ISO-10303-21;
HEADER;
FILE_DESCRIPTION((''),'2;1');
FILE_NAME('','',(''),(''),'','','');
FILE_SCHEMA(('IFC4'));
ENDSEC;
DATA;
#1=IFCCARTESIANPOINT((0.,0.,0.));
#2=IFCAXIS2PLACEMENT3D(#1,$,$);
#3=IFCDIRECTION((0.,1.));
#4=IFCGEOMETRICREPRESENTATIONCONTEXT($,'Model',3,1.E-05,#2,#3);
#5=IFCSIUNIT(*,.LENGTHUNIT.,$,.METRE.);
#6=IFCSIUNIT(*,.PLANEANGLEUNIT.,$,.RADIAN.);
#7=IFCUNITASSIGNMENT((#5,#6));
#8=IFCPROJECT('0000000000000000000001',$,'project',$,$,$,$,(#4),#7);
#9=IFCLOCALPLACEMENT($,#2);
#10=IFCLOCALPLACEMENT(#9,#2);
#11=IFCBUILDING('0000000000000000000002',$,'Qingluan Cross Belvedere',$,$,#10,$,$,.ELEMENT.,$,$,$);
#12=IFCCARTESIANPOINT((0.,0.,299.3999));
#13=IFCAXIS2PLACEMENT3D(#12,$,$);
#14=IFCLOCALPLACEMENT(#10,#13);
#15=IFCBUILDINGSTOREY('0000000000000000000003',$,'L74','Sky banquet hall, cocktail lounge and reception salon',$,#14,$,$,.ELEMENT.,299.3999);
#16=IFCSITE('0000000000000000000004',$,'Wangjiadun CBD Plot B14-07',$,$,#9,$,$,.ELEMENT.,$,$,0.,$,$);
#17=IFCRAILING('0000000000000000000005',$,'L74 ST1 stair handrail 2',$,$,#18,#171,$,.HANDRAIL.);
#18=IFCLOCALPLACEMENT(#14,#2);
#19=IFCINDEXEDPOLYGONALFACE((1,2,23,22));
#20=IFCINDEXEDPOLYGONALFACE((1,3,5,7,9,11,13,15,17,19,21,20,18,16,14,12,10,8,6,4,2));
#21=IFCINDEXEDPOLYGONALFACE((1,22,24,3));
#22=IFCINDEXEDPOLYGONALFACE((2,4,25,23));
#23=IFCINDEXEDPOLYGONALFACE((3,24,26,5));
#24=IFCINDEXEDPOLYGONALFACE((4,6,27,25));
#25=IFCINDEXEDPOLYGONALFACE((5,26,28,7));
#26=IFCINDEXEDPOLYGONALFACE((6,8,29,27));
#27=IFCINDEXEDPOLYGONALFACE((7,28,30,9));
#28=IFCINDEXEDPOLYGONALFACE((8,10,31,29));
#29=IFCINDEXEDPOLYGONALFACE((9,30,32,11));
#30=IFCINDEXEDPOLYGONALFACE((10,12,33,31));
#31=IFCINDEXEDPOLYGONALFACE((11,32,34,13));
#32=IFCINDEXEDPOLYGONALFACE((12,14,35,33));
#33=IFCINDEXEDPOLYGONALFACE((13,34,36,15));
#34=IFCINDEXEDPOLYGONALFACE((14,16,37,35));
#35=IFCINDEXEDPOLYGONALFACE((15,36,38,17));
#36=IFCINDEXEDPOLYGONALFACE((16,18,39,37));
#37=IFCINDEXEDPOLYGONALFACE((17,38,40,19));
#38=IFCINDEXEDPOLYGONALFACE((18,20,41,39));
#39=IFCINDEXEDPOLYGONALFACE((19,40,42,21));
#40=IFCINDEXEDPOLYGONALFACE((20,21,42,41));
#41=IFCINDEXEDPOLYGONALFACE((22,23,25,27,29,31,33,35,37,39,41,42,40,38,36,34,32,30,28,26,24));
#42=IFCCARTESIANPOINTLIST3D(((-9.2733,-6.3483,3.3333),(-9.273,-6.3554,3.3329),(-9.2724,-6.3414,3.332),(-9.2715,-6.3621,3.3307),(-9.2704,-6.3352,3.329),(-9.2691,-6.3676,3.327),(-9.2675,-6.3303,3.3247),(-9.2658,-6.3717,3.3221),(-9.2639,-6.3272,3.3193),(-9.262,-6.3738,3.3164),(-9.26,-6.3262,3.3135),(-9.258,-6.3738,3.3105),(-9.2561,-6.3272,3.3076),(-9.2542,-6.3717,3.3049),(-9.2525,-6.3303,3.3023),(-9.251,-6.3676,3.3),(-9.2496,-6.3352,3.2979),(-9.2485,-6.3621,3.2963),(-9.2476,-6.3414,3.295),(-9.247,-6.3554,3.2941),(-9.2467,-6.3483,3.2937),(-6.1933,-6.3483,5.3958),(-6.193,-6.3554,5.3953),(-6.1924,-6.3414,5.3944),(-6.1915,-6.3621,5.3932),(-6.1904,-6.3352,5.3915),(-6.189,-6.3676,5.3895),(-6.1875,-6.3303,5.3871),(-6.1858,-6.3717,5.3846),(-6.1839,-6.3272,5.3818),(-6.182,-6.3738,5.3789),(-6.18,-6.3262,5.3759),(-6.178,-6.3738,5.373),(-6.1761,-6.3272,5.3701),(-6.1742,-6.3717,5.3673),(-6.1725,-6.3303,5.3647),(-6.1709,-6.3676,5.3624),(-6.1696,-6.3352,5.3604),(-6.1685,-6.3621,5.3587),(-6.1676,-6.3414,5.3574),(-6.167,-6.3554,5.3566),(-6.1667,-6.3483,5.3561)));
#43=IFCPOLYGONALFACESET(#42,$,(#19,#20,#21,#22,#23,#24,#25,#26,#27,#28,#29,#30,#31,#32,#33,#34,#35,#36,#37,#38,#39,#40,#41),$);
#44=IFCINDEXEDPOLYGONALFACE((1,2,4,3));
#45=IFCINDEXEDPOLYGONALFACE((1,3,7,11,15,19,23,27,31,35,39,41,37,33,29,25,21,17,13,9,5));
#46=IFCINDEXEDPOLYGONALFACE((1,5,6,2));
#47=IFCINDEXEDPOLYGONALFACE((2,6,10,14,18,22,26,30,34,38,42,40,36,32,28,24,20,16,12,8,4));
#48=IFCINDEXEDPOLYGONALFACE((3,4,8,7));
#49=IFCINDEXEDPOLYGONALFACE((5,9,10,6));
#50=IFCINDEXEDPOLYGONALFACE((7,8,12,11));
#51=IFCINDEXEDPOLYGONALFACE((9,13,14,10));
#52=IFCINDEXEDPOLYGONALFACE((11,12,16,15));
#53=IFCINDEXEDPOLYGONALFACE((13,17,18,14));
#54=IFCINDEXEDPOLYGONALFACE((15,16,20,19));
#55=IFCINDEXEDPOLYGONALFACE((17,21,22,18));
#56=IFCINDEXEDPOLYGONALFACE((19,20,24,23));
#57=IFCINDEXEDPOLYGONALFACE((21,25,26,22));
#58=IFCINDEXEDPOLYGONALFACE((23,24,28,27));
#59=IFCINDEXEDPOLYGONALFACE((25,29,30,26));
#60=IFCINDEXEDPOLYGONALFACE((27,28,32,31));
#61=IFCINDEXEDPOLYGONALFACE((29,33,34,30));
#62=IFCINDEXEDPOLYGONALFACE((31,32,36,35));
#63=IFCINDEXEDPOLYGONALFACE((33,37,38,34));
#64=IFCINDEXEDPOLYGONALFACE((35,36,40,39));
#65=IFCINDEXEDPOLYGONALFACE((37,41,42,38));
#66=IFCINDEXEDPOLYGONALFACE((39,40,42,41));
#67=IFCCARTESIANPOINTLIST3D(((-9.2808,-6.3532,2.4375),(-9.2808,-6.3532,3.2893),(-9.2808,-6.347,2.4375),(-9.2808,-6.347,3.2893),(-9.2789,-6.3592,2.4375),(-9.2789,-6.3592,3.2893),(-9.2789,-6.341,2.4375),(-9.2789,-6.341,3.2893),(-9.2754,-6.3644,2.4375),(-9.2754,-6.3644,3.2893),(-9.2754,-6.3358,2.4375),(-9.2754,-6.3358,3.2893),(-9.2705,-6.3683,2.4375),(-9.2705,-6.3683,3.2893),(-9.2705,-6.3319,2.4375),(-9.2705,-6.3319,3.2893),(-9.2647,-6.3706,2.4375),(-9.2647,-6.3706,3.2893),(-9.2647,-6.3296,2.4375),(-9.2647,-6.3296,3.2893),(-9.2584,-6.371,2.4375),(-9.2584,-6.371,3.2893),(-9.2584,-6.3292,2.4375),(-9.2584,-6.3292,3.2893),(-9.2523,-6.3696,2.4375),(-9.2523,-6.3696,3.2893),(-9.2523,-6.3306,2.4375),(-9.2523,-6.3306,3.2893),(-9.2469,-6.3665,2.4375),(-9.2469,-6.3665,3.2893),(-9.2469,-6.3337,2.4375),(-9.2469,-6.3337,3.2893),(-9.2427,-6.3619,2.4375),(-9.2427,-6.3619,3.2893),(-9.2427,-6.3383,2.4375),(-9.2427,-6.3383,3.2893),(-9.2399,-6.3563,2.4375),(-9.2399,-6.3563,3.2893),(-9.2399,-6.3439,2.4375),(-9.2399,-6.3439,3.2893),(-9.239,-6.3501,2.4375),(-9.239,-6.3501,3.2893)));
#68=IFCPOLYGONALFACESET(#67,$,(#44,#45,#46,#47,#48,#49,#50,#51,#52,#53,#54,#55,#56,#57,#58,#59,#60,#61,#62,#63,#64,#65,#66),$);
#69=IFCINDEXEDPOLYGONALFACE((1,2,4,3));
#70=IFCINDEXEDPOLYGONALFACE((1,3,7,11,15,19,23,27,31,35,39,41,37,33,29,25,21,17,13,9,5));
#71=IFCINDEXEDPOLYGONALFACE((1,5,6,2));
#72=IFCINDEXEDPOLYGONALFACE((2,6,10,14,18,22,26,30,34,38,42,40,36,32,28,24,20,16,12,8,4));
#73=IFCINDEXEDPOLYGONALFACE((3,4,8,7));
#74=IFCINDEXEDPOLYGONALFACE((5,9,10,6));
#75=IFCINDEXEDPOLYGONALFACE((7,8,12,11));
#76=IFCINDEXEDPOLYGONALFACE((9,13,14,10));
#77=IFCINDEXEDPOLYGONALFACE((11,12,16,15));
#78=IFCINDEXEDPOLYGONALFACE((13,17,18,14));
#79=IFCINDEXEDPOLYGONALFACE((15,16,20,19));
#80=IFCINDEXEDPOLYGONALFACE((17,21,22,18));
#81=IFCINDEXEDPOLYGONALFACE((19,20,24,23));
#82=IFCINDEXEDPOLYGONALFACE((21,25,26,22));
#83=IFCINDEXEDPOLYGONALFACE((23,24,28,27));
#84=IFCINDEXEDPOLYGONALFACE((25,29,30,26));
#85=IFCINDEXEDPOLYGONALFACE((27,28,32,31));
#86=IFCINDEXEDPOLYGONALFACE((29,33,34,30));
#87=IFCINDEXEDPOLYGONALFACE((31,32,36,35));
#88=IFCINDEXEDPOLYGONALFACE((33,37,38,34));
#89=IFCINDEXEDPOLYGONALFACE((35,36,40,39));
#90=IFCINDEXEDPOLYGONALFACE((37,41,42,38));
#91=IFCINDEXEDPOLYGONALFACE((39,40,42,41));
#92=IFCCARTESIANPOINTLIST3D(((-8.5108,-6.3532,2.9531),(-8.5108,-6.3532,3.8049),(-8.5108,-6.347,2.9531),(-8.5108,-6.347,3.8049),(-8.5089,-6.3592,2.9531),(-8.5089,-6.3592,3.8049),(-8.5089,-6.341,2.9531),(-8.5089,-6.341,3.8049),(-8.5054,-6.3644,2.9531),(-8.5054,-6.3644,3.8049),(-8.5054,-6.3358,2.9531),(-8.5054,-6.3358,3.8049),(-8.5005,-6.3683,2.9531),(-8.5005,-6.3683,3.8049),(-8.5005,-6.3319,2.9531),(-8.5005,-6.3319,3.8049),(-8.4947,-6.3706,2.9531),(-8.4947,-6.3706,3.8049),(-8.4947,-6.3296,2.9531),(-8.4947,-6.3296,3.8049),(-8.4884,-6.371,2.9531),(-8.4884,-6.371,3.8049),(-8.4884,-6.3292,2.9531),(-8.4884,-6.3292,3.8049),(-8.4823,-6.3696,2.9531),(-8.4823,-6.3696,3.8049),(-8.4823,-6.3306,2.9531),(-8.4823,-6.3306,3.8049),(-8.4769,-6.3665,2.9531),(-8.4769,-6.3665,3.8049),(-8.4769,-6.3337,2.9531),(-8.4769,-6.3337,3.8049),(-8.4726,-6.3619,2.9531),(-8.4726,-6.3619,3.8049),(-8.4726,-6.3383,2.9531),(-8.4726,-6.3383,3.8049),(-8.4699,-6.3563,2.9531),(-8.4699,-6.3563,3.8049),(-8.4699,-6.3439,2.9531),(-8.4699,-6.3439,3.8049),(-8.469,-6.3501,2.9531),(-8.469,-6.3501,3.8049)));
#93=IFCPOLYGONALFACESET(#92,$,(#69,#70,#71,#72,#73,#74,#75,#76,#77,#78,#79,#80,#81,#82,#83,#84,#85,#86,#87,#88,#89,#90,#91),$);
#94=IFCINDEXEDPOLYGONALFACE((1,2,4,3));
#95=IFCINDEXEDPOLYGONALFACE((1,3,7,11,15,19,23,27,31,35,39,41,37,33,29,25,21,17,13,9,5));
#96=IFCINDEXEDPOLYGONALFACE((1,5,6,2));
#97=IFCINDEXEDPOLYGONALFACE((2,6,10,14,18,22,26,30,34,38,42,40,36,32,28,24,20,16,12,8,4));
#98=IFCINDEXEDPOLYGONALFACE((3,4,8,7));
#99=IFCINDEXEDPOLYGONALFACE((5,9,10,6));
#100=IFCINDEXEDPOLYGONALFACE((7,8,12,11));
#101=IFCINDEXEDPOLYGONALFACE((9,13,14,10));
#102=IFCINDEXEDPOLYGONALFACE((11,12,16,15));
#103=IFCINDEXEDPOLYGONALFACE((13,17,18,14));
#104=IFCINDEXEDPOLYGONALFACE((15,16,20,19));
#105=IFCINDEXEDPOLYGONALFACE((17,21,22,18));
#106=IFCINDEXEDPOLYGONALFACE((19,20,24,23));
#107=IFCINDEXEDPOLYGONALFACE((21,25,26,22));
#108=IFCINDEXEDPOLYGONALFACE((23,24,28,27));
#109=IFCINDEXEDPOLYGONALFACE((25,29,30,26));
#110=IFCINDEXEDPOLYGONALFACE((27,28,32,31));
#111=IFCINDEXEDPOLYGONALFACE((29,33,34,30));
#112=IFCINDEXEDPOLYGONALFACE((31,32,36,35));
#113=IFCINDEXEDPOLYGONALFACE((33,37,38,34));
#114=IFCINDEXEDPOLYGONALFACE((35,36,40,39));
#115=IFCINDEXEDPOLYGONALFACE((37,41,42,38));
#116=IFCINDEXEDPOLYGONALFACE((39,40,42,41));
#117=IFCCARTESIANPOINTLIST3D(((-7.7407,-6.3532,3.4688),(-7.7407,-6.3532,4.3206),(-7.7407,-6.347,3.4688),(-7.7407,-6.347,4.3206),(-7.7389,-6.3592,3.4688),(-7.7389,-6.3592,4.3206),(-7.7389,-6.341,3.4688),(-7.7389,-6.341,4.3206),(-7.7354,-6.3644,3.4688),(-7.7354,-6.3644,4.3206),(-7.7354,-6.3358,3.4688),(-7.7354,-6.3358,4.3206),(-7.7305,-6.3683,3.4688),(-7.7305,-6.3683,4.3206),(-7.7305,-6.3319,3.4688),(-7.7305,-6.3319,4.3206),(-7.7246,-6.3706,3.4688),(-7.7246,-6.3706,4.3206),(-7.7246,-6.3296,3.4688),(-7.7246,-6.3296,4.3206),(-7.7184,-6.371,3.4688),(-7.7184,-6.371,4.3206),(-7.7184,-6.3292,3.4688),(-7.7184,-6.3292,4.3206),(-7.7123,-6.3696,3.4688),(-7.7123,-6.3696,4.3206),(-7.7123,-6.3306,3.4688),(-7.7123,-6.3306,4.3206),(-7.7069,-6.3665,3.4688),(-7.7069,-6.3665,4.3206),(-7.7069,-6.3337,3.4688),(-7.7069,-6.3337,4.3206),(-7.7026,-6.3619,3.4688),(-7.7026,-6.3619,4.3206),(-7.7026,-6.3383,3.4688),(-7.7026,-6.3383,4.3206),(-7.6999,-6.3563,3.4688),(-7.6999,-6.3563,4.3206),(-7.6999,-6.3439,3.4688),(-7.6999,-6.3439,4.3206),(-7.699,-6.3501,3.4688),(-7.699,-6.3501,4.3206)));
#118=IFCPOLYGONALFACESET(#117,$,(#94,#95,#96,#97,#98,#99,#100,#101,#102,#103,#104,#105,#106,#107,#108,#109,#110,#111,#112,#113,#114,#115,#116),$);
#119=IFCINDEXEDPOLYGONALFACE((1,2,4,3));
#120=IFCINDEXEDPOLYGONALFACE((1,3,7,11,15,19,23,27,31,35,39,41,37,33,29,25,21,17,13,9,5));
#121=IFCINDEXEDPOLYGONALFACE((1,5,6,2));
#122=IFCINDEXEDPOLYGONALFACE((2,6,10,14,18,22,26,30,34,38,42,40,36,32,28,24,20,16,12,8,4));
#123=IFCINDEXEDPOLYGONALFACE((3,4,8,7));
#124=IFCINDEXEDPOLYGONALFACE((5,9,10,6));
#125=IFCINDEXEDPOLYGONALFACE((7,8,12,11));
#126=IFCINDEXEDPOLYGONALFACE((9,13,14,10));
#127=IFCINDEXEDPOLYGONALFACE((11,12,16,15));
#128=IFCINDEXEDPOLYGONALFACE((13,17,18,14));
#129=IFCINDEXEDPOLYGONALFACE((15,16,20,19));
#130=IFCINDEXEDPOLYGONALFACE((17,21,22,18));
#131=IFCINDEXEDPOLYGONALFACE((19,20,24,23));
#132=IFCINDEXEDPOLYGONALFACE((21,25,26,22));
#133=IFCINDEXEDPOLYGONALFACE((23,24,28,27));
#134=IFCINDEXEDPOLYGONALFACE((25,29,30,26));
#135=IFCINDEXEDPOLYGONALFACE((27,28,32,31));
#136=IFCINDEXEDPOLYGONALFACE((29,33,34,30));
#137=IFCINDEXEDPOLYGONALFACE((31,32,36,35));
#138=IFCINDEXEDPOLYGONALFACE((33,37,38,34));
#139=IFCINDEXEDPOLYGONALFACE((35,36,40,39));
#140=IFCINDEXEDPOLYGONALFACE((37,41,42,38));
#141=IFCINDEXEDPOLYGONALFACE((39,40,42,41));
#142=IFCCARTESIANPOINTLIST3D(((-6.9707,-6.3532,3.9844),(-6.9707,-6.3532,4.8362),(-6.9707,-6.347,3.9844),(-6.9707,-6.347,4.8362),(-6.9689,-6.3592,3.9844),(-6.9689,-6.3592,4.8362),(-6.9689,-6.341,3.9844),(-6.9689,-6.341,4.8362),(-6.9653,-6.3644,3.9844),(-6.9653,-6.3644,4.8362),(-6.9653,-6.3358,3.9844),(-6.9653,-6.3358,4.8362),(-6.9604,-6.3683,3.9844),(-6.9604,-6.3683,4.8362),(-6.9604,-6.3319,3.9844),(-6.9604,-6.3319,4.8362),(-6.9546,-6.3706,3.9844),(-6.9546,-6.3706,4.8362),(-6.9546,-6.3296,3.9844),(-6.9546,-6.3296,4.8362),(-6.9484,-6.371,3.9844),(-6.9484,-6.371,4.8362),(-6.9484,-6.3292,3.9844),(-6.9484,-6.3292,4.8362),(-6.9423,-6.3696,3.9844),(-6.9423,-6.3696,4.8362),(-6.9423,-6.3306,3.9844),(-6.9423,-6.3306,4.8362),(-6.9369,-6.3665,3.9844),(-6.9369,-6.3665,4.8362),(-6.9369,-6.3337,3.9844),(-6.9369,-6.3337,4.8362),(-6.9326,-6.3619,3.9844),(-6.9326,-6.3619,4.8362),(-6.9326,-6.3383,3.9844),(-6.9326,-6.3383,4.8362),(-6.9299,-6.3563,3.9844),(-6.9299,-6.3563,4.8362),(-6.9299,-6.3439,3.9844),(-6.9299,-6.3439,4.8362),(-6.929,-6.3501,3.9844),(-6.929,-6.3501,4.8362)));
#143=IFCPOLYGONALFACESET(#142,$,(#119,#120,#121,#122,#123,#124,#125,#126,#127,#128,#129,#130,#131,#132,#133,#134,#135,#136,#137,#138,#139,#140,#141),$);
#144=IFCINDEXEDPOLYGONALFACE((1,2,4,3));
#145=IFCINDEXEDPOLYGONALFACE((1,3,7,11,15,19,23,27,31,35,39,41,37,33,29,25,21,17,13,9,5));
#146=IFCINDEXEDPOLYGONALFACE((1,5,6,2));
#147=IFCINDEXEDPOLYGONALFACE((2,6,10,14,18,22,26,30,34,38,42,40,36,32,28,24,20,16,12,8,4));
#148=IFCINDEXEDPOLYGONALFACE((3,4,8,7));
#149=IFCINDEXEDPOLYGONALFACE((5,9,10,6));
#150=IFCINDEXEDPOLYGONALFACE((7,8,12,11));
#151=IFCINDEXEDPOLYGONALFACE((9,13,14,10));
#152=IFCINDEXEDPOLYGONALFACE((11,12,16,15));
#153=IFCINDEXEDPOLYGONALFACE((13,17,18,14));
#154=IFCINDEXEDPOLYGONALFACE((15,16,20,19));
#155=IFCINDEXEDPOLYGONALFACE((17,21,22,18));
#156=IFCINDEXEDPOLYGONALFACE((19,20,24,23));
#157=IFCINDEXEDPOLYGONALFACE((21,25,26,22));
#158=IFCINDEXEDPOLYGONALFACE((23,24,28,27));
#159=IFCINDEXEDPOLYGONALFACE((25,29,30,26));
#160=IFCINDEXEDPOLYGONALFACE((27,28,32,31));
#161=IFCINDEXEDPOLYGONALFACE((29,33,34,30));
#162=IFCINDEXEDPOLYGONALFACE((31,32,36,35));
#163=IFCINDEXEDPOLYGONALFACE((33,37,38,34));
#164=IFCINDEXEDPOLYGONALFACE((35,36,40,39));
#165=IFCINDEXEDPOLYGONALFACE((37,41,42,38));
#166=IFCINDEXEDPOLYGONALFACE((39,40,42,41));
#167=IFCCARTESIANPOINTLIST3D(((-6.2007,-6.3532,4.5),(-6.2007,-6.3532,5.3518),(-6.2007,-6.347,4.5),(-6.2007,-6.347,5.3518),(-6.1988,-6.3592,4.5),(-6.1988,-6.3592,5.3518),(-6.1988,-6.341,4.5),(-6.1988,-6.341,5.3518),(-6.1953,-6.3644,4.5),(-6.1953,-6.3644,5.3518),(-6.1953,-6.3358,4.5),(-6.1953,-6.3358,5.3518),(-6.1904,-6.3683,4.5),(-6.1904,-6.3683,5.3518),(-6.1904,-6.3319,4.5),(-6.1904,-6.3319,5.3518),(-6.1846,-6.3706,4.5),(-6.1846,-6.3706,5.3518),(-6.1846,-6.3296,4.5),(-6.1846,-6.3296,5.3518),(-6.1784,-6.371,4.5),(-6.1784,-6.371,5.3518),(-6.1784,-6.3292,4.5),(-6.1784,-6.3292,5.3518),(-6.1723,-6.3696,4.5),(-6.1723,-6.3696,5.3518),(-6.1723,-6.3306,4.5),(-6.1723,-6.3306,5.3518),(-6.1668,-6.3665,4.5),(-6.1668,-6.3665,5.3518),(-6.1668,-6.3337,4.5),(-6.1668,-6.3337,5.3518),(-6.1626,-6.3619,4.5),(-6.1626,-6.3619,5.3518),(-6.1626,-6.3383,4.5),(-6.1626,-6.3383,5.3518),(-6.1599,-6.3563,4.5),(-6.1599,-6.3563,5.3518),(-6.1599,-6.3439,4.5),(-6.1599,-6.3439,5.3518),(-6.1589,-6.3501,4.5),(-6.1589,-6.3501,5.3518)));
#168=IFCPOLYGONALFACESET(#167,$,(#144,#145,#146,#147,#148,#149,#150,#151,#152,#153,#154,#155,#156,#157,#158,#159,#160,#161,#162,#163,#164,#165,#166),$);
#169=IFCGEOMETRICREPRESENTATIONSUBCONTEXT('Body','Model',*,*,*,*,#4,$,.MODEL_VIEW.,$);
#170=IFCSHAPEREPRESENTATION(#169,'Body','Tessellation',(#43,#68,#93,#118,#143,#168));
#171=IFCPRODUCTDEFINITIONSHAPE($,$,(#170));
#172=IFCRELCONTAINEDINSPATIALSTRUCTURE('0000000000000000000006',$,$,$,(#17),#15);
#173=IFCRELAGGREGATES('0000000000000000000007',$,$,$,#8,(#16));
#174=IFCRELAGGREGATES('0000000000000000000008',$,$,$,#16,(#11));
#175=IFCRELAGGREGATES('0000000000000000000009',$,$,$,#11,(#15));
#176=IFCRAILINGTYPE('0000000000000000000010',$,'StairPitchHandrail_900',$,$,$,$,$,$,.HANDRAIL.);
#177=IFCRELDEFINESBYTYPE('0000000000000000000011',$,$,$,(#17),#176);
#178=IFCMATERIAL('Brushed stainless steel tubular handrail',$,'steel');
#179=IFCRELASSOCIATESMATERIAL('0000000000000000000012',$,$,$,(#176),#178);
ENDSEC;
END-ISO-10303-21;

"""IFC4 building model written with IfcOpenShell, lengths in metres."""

from ifc_helpers import new_model, si_unit, direction, frame, origin, origin_2d, place, context, subcontext, project, spatial, circle, extrude, material, type_object, element, save


model = new_model("IFC4")

# Units and contexts
model_context = context("Model", 3, precision=1e-05, world=origin(), true_north=direction((0.0, 1.0)))
body_context = subcontext(model_context, "Body", "Model", "MODEL_VIEW")
ifc_project = project(units=[si_unit("LENGTHUNIT", "METRE"), si_unit("PLANEANGLEUNIT", "RADIAN")], contexts=[model_context])

# Site, building, storey
site_placement = place(None, origin())
site = spatial("IfcSite", under=ifc_project, at=site_placement, Name="Wangjiadun CBD Plot B14-07", CompositionType="ELEMENT", RefElevation=0.0)
building_placement = place(site_placement, origin())
building = spatial("IfcBuilding", under=site, at=building_placement, Name="Qingluan Cross Belvedere", CompositionType="ELEMENT")
storey_placement = place(building_placement, frame((0.0, 0.0, 299.3999)))
storey = spatial("IfcBuildingStorey", under=building, at=storey_placement, Name="L74", Description="Sky banquet hall, cocktail lounge and reception salon", CompositionType="ELEMENT", Elevation=299.3999)

# Railing
ifc_material_1 = material(Name="Brushed stainless steel tubular handrail", Category="steel")
railing_type_1 = type_object("IfcRailingType", Name="StairPitchHandrail_900", PredefinedType="HANDRAIL", material=ifc_material_1)
railing_1_placement = place(storey_placement, frame((-9.26, -6.3501, 2.4375)))
element("IfcRailing", 1, at=railing_1_placement, inside=storey, type_object=railing_type_1, Name="L74 ST1 stair handrail 2", PredefinedType="HANDRAIL", context=body_context, shape_type="SweptSolid", body=[
    extrude(circle(Radius=0.0239, at=origin_2d()), frame((0.0, 0.0, 0.876), z_axis=(0.830914, 0.0, 0.556401), x_axis=(0.0, 1.0, 0.0)), (0.0, 0.0, 1.0), 3.7068),
    extrude(circle(Radius=0.021, at=origin_2d()), origin(), (0.0, 0.0, 1.0), 0.8518),
    extrude(circle(Radius=0.021, at=origin_2d()), frame((0.77, 0.0, 0.5156)), (0.0, 0.0, 1.0), 0.8518),
    extrude(circle(Radius=0.021, at=origin_2d()), frame((1.54, 0.0, 1.0312)), (0.0, 0.0, 1.0), 0.8518),
    extrude(circle(Radius=0.021, at=origin_2d()), frame((2.3101, 0.0, 1.5469)), (0.0, 0.0, 1.0), 0.8518),
    extrude(circle(Radius=0.021, at=origin_2d()), frame((3.0801, 0.0, 2.0625)), (0.0, 0.0, 1.0), 0.8518),
])

save(model, "model.ifc")
